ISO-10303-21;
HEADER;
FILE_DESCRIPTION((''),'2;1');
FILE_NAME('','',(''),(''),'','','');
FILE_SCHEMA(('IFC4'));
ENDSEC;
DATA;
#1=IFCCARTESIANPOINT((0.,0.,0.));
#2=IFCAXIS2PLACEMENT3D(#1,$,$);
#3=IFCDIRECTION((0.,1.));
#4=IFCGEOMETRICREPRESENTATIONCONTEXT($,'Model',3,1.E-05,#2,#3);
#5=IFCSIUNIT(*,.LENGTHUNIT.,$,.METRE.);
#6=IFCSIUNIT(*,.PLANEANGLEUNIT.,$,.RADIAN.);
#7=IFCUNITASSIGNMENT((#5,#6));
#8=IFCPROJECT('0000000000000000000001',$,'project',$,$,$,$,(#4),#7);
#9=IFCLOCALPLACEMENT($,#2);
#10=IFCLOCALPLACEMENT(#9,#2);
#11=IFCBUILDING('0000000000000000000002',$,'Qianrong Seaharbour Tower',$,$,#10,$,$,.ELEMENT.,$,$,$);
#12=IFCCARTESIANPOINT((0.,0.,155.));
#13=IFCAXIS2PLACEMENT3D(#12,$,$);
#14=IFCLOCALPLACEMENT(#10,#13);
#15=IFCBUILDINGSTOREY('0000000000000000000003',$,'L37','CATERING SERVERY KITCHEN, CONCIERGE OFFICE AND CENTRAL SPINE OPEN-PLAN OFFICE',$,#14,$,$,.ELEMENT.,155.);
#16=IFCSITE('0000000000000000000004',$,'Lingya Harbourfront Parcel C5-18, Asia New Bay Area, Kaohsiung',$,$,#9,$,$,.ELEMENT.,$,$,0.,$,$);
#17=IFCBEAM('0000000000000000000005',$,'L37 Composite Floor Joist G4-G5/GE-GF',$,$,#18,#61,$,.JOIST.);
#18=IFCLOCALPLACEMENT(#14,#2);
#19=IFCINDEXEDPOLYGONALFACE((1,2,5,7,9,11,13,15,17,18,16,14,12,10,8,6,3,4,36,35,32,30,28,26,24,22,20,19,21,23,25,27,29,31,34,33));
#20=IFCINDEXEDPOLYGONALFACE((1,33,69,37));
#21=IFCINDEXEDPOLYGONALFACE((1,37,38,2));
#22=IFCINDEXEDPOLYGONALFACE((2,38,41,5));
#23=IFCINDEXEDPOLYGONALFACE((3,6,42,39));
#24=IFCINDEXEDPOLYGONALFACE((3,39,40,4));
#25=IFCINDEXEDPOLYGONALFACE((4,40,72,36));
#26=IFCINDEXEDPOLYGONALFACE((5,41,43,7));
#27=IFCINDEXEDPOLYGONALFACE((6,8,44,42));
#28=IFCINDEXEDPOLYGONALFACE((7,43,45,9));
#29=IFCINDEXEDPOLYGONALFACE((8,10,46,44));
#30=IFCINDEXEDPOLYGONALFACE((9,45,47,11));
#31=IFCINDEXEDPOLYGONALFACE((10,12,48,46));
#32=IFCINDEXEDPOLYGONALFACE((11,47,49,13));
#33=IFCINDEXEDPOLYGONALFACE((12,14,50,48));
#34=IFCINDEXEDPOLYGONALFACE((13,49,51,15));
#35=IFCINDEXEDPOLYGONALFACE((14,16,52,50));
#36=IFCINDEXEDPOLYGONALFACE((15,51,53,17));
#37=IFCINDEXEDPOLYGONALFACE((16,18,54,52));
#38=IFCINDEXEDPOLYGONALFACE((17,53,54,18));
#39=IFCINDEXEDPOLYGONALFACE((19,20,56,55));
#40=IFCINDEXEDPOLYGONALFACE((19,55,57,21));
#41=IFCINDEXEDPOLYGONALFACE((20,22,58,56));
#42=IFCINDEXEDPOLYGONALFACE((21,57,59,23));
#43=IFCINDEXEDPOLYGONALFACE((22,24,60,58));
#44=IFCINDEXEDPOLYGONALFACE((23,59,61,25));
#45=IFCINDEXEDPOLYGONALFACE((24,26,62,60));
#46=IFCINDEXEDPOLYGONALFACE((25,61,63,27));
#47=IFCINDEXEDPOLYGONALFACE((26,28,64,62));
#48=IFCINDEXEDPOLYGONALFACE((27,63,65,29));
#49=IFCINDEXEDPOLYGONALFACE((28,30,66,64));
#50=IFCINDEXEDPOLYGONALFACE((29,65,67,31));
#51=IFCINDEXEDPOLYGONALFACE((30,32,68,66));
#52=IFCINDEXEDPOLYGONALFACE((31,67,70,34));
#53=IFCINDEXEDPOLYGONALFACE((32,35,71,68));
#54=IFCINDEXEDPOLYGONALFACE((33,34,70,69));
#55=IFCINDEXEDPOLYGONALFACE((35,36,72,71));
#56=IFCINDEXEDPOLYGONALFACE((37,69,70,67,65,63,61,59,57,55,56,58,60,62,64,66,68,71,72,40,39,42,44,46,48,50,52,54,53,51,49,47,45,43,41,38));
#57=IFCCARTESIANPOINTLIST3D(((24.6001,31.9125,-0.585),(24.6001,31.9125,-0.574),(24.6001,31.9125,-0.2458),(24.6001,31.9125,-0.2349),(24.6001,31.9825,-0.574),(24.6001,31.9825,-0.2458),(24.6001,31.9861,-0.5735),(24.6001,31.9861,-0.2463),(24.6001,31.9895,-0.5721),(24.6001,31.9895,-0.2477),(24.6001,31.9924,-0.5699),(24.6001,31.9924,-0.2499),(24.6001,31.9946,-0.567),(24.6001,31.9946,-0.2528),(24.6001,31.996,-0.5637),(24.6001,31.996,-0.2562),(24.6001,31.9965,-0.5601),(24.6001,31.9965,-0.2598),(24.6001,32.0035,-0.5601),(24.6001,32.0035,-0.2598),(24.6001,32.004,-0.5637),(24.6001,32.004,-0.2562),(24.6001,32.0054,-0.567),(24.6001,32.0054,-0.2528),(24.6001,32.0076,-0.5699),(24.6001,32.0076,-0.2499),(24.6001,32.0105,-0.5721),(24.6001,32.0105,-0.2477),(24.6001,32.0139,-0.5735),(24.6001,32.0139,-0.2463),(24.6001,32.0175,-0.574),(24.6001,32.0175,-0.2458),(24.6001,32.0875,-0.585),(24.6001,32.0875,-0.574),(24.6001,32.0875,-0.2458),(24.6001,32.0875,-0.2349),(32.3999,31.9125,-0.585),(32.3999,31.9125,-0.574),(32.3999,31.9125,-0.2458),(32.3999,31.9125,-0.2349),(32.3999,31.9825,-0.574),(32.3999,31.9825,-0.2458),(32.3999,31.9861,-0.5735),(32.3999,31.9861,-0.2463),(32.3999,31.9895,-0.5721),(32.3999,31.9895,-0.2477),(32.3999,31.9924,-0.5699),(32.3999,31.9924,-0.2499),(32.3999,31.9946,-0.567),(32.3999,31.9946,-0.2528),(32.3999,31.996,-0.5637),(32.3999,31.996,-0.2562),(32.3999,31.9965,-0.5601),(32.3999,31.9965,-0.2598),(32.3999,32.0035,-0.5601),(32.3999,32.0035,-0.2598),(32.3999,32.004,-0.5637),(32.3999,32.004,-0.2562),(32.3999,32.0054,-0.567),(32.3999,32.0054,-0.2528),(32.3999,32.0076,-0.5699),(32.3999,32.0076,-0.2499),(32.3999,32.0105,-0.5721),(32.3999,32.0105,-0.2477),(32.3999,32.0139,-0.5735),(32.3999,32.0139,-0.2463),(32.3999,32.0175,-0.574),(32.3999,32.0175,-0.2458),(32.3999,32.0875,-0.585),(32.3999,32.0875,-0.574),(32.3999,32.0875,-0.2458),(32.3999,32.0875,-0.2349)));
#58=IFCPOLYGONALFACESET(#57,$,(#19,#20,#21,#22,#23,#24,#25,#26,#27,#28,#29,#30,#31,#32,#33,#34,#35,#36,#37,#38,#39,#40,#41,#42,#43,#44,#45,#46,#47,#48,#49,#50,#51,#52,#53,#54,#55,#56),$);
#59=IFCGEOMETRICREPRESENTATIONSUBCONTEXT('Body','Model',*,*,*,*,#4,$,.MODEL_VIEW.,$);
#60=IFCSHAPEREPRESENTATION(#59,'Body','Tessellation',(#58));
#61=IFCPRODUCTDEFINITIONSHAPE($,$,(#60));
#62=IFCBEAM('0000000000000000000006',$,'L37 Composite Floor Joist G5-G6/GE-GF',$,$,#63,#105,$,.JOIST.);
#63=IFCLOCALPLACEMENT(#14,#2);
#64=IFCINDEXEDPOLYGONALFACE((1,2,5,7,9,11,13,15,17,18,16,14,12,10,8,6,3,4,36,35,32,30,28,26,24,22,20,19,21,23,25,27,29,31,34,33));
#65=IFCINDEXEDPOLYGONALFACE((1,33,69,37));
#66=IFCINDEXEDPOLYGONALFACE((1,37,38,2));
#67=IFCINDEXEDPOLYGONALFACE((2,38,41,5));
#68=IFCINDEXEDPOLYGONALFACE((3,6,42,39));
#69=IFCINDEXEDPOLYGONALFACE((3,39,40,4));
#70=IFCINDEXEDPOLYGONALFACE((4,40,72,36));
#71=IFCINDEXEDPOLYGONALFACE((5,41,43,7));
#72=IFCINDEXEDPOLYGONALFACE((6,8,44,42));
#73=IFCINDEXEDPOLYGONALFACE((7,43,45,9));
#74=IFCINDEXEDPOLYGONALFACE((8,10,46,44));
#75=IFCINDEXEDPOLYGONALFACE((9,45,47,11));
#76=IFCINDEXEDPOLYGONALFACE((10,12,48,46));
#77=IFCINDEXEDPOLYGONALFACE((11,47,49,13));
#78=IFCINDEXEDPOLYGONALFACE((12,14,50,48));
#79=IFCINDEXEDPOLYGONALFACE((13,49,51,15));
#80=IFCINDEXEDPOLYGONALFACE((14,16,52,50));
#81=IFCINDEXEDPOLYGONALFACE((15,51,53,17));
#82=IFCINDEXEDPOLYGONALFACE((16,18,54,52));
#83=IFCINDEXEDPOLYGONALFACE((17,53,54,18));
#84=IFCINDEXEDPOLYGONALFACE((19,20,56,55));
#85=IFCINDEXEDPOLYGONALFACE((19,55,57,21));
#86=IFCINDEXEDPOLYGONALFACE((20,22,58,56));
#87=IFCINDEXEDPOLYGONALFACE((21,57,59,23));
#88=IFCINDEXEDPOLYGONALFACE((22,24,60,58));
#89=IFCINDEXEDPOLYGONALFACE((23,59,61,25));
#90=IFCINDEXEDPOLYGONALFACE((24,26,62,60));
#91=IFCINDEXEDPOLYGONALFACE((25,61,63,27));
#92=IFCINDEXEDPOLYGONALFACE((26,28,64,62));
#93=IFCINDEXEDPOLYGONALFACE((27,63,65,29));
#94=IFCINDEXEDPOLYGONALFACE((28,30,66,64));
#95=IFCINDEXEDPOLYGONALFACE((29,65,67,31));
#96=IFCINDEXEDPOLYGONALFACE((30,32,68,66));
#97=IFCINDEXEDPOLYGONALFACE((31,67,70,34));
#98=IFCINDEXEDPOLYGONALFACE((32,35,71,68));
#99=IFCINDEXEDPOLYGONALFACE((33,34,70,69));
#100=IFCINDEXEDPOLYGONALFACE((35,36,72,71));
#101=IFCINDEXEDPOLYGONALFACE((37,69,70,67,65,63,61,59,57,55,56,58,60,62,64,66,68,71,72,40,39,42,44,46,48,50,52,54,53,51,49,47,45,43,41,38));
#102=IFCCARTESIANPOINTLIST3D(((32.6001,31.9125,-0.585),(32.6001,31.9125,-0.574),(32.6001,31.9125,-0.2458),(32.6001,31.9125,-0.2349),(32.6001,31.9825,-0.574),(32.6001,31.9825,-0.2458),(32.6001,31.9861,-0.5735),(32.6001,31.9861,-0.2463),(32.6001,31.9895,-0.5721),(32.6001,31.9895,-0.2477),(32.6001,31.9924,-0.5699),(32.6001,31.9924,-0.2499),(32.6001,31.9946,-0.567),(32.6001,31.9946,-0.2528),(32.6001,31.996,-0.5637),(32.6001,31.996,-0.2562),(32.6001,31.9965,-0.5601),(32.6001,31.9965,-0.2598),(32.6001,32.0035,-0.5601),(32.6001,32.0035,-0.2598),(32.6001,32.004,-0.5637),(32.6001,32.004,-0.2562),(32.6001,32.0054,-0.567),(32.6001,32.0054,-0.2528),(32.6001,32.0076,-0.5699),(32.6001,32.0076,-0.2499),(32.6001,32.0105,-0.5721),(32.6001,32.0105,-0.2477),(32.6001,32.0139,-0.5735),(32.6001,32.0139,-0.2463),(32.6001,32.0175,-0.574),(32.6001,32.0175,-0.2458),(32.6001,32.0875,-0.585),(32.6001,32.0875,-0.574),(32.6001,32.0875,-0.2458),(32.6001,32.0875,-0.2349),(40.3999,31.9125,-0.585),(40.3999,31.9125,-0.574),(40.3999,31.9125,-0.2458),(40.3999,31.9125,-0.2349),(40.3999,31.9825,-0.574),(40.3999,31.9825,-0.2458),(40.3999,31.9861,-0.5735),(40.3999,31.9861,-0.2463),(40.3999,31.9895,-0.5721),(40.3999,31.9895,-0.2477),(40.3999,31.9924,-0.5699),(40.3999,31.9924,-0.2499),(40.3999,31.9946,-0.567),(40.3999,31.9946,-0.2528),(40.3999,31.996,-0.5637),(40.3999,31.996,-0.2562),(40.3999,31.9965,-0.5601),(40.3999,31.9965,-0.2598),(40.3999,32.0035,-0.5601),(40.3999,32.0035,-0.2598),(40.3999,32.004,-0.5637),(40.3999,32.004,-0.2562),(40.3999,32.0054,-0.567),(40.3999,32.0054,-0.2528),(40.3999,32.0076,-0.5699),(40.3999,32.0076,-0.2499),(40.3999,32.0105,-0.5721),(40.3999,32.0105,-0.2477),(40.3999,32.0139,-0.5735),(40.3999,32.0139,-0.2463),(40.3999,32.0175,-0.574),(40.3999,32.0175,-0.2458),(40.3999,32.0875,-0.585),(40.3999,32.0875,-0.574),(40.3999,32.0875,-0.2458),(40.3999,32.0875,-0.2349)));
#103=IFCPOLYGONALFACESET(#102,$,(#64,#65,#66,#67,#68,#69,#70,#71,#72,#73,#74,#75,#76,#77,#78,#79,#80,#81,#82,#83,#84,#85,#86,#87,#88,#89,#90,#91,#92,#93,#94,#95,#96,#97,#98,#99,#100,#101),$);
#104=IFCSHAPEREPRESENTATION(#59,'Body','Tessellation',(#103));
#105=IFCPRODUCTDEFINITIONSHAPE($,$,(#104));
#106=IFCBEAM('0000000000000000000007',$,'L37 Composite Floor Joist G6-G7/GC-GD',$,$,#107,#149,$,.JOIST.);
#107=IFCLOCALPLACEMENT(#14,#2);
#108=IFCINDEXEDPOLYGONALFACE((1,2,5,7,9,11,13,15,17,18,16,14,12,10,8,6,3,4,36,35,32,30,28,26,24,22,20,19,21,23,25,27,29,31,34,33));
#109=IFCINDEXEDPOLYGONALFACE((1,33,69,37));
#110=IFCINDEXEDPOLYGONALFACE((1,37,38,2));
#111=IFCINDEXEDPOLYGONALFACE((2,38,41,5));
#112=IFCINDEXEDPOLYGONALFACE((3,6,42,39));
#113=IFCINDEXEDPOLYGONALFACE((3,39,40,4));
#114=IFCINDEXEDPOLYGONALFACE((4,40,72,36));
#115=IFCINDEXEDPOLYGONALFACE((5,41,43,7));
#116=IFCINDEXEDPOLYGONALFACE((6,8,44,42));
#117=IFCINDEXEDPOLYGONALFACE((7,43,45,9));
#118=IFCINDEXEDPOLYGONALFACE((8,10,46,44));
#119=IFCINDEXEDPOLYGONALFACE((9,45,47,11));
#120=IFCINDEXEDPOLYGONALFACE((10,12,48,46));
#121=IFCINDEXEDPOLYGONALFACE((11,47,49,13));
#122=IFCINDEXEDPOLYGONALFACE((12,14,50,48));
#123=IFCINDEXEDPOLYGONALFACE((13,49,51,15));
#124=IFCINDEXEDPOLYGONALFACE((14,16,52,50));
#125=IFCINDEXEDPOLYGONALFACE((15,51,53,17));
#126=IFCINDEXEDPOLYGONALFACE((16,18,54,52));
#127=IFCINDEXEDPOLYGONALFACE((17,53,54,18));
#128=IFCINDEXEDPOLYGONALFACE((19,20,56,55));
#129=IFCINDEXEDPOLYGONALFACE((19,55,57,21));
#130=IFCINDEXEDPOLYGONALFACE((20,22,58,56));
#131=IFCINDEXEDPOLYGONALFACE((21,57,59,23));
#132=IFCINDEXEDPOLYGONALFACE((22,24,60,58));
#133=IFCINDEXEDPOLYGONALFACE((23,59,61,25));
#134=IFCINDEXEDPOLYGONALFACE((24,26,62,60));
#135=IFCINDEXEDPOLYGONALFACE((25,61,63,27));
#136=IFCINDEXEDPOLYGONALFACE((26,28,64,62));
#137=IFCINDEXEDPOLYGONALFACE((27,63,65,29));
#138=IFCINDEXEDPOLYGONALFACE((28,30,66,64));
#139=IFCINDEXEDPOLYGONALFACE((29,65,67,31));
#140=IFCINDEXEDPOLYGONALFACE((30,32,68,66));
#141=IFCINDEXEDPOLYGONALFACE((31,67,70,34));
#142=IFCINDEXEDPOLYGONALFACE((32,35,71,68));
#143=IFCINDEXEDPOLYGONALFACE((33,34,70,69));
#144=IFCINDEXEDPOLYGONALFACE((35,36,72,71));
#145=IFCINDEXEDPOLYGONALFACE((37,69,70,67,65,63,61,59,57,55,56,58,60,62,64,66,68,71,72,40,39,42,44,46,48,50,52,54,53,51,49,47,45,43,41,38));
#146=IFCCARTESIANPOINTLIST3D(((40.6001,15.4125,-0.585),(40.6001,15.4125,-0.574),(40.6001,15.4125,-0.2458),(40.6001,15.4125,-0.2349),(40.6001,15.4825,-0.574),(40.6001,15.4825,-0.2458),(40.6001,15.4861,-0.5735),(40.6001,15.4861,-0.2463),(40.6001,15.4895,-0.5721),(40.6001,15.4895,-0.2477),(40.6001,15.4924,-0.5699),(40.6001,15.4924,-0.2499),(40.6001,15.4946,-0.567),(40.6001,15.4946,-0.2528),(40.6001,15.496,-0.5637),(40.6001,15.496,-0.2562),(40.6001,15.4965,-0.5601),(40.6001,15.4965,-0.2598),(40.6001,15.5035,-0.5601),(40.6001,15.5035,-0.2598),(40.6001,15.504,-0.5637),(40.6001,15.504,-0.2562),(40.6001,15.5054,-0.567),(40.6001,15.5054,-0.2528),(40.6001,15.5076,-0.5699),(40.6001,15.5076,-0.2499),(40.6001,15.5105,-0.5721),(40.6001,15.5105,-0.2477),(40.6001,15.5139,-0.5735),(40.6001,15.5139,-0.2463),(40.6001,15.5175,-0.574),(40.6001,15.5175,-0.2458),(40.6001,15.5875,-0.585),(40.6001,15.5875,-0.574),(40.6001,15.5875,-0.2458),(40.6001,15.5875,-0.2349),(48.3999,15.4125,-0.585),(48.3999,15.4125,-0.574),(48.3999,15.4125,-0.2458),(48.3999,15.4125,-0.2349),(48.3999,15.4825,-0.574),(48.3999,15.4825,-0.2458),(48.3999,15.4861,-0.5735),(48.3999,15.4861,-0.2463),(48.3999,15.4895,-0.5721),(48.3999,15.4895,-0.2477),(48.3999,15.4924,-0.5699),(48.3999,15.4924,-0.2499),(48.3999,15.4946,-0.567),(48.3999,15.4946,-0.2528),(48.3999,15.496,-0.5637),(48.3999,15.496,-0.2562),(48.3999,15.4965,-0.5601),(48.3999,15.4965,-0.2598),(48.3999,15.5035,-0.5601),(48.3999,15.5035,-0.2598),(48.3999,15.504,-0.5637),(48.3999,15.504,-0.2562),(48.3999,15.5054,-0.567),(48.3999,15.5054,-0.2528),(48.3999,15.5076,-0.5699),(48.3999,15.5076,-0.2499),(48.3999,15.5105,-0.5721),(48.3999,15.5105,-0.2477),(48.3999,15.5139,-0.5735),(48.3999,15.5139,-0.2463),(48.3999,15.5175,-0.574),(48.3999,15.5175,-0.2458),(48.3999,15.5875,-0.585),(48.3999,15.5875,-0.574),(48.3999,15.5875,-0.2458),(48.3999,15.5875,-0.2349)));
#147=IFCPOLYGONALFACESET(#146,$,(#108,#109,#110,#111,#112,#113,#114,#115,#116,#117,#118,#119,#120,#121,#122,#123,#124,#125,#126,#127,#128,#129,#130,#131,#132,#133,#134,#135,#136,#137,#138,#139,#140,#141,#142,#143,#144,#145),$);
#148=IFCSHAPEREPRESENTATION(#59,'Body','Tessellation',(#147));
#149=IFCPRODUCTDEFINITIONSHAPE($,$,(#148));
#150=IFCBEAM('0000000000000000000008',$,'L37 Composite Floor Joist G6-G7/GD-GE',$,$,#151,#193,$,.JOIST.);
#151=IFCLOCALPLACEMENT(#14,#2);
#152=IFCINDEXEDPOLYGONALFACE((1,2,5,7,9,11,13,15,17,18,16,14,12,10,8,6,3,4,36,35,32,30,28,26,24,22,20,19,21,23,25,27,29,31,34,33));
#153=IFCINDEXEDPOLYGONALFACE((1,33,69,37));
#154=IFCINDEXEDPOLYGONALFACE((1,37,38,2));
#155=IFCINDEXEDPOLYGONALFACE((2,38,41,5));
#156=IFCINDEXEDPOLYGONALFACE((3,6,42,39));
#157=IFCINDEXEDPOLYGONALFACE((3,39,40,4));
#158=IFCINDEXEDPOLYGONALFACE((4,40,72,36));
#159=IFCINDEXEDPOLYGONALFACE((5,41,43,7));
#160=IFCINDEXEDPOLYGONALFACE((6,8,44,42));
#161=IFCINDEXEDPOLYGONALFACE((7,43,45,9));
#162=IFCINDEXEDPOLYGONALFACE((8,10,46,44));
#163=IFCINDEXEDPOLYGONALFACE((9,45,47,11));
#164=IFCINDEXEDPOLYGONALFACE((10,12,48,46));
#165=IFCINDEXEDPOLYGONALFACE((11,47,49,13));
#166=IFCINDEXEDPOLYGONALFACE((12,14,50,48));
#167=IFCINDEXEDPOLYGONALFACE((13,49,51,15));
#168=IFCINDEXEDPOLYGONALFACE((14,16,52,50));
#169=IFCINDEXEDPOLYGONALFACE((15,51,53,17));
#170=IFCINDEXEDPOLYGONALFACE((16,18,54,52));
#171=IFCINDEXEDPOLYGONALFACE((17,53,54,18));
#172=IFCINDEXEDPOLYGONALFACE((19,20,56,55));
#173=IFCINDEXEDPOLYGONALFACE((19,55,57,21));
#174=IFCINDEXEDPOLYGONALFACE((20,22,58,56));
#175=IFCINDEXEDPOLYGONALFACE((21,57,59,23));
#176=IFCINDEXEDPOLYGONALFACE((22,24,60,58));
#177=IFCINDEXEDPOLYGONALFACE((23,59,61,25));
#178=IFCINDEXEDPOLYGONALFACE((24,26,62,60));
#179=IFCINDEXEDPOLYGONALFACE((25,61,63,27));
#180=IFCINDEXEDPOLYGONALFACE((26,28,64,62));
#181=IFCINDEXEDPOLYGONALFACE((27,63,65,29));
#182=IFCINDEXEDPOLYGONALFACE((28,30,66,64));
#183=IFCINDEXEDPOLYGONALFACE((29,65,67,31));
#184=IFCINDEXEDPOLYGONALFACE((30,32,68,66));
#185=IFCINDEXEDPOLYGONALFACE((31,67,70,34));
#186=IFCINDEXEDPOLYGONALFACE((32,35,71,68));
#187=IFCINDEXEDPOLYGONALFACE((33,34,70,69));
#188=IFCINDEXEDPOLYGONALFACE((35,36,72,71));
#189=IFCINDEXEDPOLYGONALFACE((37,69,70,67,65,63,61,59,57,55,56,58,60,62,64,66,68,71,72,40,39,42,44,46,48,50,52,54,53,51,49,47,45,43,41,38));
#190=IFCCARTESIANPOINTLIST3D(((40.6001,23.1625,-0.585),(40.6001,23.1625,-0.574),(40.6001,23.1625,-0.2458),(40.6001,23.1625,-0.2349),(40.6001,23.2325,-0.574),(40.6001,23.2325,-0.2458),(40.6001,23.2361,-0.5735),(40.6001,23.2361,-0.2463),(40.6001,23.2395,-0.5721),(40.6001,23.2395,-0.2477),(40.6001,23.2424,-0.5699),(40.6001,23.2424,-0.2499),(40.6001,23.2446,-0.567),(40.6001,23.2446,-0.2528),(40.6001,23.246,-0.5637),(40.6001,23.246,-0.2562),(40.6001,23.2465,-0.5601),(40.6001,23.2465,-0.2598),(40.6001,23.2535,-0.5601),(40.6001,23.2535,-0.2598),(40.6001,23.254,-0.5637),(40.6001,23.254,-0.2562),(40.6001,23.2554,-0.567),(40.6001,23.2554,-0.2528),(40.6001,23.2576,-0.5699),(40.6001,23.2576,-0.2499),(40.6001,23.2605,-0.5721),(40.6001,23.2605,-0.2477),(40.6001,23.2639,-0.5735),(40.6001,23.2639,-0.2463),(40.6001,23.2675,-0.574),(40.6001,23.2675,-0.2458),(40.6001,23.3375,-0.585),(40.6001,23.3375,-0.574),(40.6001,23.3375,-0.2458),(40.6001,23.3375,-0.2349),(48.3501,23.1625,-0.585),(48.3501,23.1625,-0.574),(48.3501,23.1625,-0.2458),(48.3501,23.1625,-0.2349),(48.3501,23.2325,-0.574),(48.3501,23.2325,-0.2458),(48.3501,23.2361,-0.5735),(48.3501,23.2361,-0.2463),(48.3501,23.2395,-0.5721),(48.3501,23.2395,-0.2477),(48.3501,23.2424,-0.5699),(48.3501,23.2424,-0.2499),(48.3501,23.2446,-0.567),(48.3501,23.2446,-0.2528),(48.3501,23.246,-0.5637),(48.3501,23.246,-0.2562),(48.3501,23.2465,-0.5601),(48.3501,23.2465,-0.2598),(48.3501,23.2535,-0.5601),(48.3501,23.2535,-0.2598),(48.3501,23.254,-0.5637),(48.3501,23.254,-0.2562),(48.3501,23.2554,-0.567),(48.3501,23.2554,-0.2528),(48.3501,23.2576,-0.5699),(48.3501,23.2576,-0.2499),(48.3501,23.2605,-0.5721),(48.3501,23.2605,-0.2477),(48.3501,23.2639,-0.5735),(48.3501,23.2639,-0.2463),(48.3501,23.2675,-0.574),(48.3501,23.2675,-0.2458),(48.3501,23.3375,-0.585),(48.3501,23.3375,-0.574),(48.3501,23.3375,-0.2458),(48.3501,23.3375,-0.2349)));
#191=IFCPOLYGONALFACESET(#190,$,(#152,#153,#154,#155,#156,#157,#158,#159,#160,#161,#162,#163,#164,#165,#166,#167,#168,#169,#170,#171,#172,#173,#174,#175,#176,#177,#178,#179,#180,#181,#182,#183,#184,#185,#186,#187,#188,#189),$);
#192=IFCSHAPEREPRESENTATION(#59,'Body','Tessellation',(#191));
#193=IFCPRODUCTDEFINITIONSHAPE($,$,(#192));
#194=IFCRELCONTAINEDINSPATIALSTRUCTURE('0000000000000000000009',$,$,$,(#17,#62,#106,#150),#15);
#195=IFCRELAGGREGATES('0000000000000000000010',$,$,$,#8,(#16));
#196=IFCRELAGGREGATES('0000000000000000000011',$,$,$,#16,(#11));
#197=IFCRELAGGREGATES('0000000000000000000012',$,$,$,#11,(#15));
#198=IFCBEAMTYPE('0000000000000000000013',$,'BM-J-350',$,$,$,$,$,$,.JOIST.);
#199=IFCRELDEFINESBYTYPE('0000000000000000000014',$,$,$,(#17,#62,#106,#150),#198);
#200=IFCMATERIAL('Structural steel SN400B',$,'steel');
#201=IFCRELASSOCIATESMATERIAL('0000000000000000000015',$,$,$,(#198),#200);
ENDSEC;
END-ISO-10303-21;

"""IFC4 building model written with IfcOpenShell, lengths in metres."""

from ifc_helpers import new_model, si_unit, direction, frame, origin, origin_2d, place, context, subcontext, project, spatial, i_section, extrude, material, material_profile, profile_set, type_object, element, save


model = new_model("IFC4")

# Units and contexts
model_context = context("Model", 3, precision=1e-05, world=origin(), true_north=direction((0.0, 1.0)))
body_context = subcontext(model_context, "Body", "Model", "MODEL_VIEW")
ifc_project = project(units=[si_unit("LENGTHUNIT", "METRE"), si_unit("PLANEANGLEUNIT", "RADIAN")], contexts=[model_context])

# Site, building, storey
site_placement = place(None, origin())
site = spatial("IfcSite", under=ifc_project, at=site_placement, Name="Lingya Harbourfront Parcel C5-18, Asia New Bay Area, Kaohsiung", CompositionType="ELEMENT", RefElevation=0.0)
building_placement = place(site_placement, origin())
building = spatial("IfcBuilding", under=site, at=building_placement, Name="Qianrong Seaharbour Tower", CompositionType="ELEMENT")
storey_placement = place(building_placement, frame((0.0, 0.0, 155.0)))
storey = spatial("IfcBuildingStorey", under=building, at=storey_placement, Name="L37", Description="CATERING SERVERY KITCHEN, CONCIERGE OFFICE AND CENTRAL SPINE OPEN-PLAN OFFICE", CompositionType="ELEMENT", Elevation=155.0)

# Beams
ifc_material_1 = material(Name="Structural steel SN400B", Category="steel")
ifc_material_profile_1 = material_profile(ifc_material_1, i_section(OverallWidth=0.175, OverallDepth=0.3501, WebThickness=0.0071, FlangeThickness=0.011, FilletRadius=0.0139, at=origin_2d()), Name="H350x175x7x11")
ifc_profile_set_1 = profile_set([ifc_material_profile_1], Name="Structural steel SN400B")
beam_type_1 = type_object("IfcBeamType", Name="BM-J-350", PredefinedType="JOIST", material=ifc_profile_set_1)
for number, where, z_axis, x_axis, name in (
    (1, (24.6001, 32.0, -0.4099), (1.0, 0.0, 0.0), (0.0, 1.0, 0.0), "L37 Composite Floor Joist G4-G5/GE-GF"),
    (2, (32.6001, 32.0, -0.4099), (1.0, 0.0, 0.0), (0.0, 1.0, 0.0), "L37 Composite Floor Joist G5-G6/GE-GF"),
    (3, (40.6001, 15.5, -0.4099), (1.0, 0.0, 0.0), (0.0, 1.0, 0.0), "L37 Composite Floor Joist G6-G7/GC-GD"),
):
    element("IfcBeam", number, at=place(storey_placement, frame(where, z_axis=z_axis, x_axis=x_axis)), inside=storey, type_object=beam_type_1, Name=name, PredefinedType="JOIST", context=body_context, shape_type="SweptSolid", body=[
        extrude(i_section(OverallWidth=0.175, OverallDepth=0.3501, WebThickness=0.0071, FlangeThickness=0.011, FilletRadius=0.0139, at=origin_2d()), origin(), (0.0, 0.0, 1.0), 7.7998),
    ])
beam_1_placement = place(storey_placement, frame((40.6001, 23.25, -0.4099), z_axis=(1.0, 0.0, 0.0), x_axis=(0.0, 1.0, 0.0)))
element("IfcBeam", 4, at=beam_1_placement, inside=storey, type_object=beam_type_1, Name="L37 Composite Floor Joist G6-G7/GD-GE", PredefinedType="JOIST", context=body_context, shape_type="SweptSolid", body=[
    extrude(i_section(OverallWidth=0.175, OverallDepth=0.3501, WebThickness=0.0071, FlangeThickness=0.011, FilletRadius=0.0139, at=origin_2d()), origin(), (0.0, 0.0, 1.0), 7.75),
])

save(model, "model.ifc")
